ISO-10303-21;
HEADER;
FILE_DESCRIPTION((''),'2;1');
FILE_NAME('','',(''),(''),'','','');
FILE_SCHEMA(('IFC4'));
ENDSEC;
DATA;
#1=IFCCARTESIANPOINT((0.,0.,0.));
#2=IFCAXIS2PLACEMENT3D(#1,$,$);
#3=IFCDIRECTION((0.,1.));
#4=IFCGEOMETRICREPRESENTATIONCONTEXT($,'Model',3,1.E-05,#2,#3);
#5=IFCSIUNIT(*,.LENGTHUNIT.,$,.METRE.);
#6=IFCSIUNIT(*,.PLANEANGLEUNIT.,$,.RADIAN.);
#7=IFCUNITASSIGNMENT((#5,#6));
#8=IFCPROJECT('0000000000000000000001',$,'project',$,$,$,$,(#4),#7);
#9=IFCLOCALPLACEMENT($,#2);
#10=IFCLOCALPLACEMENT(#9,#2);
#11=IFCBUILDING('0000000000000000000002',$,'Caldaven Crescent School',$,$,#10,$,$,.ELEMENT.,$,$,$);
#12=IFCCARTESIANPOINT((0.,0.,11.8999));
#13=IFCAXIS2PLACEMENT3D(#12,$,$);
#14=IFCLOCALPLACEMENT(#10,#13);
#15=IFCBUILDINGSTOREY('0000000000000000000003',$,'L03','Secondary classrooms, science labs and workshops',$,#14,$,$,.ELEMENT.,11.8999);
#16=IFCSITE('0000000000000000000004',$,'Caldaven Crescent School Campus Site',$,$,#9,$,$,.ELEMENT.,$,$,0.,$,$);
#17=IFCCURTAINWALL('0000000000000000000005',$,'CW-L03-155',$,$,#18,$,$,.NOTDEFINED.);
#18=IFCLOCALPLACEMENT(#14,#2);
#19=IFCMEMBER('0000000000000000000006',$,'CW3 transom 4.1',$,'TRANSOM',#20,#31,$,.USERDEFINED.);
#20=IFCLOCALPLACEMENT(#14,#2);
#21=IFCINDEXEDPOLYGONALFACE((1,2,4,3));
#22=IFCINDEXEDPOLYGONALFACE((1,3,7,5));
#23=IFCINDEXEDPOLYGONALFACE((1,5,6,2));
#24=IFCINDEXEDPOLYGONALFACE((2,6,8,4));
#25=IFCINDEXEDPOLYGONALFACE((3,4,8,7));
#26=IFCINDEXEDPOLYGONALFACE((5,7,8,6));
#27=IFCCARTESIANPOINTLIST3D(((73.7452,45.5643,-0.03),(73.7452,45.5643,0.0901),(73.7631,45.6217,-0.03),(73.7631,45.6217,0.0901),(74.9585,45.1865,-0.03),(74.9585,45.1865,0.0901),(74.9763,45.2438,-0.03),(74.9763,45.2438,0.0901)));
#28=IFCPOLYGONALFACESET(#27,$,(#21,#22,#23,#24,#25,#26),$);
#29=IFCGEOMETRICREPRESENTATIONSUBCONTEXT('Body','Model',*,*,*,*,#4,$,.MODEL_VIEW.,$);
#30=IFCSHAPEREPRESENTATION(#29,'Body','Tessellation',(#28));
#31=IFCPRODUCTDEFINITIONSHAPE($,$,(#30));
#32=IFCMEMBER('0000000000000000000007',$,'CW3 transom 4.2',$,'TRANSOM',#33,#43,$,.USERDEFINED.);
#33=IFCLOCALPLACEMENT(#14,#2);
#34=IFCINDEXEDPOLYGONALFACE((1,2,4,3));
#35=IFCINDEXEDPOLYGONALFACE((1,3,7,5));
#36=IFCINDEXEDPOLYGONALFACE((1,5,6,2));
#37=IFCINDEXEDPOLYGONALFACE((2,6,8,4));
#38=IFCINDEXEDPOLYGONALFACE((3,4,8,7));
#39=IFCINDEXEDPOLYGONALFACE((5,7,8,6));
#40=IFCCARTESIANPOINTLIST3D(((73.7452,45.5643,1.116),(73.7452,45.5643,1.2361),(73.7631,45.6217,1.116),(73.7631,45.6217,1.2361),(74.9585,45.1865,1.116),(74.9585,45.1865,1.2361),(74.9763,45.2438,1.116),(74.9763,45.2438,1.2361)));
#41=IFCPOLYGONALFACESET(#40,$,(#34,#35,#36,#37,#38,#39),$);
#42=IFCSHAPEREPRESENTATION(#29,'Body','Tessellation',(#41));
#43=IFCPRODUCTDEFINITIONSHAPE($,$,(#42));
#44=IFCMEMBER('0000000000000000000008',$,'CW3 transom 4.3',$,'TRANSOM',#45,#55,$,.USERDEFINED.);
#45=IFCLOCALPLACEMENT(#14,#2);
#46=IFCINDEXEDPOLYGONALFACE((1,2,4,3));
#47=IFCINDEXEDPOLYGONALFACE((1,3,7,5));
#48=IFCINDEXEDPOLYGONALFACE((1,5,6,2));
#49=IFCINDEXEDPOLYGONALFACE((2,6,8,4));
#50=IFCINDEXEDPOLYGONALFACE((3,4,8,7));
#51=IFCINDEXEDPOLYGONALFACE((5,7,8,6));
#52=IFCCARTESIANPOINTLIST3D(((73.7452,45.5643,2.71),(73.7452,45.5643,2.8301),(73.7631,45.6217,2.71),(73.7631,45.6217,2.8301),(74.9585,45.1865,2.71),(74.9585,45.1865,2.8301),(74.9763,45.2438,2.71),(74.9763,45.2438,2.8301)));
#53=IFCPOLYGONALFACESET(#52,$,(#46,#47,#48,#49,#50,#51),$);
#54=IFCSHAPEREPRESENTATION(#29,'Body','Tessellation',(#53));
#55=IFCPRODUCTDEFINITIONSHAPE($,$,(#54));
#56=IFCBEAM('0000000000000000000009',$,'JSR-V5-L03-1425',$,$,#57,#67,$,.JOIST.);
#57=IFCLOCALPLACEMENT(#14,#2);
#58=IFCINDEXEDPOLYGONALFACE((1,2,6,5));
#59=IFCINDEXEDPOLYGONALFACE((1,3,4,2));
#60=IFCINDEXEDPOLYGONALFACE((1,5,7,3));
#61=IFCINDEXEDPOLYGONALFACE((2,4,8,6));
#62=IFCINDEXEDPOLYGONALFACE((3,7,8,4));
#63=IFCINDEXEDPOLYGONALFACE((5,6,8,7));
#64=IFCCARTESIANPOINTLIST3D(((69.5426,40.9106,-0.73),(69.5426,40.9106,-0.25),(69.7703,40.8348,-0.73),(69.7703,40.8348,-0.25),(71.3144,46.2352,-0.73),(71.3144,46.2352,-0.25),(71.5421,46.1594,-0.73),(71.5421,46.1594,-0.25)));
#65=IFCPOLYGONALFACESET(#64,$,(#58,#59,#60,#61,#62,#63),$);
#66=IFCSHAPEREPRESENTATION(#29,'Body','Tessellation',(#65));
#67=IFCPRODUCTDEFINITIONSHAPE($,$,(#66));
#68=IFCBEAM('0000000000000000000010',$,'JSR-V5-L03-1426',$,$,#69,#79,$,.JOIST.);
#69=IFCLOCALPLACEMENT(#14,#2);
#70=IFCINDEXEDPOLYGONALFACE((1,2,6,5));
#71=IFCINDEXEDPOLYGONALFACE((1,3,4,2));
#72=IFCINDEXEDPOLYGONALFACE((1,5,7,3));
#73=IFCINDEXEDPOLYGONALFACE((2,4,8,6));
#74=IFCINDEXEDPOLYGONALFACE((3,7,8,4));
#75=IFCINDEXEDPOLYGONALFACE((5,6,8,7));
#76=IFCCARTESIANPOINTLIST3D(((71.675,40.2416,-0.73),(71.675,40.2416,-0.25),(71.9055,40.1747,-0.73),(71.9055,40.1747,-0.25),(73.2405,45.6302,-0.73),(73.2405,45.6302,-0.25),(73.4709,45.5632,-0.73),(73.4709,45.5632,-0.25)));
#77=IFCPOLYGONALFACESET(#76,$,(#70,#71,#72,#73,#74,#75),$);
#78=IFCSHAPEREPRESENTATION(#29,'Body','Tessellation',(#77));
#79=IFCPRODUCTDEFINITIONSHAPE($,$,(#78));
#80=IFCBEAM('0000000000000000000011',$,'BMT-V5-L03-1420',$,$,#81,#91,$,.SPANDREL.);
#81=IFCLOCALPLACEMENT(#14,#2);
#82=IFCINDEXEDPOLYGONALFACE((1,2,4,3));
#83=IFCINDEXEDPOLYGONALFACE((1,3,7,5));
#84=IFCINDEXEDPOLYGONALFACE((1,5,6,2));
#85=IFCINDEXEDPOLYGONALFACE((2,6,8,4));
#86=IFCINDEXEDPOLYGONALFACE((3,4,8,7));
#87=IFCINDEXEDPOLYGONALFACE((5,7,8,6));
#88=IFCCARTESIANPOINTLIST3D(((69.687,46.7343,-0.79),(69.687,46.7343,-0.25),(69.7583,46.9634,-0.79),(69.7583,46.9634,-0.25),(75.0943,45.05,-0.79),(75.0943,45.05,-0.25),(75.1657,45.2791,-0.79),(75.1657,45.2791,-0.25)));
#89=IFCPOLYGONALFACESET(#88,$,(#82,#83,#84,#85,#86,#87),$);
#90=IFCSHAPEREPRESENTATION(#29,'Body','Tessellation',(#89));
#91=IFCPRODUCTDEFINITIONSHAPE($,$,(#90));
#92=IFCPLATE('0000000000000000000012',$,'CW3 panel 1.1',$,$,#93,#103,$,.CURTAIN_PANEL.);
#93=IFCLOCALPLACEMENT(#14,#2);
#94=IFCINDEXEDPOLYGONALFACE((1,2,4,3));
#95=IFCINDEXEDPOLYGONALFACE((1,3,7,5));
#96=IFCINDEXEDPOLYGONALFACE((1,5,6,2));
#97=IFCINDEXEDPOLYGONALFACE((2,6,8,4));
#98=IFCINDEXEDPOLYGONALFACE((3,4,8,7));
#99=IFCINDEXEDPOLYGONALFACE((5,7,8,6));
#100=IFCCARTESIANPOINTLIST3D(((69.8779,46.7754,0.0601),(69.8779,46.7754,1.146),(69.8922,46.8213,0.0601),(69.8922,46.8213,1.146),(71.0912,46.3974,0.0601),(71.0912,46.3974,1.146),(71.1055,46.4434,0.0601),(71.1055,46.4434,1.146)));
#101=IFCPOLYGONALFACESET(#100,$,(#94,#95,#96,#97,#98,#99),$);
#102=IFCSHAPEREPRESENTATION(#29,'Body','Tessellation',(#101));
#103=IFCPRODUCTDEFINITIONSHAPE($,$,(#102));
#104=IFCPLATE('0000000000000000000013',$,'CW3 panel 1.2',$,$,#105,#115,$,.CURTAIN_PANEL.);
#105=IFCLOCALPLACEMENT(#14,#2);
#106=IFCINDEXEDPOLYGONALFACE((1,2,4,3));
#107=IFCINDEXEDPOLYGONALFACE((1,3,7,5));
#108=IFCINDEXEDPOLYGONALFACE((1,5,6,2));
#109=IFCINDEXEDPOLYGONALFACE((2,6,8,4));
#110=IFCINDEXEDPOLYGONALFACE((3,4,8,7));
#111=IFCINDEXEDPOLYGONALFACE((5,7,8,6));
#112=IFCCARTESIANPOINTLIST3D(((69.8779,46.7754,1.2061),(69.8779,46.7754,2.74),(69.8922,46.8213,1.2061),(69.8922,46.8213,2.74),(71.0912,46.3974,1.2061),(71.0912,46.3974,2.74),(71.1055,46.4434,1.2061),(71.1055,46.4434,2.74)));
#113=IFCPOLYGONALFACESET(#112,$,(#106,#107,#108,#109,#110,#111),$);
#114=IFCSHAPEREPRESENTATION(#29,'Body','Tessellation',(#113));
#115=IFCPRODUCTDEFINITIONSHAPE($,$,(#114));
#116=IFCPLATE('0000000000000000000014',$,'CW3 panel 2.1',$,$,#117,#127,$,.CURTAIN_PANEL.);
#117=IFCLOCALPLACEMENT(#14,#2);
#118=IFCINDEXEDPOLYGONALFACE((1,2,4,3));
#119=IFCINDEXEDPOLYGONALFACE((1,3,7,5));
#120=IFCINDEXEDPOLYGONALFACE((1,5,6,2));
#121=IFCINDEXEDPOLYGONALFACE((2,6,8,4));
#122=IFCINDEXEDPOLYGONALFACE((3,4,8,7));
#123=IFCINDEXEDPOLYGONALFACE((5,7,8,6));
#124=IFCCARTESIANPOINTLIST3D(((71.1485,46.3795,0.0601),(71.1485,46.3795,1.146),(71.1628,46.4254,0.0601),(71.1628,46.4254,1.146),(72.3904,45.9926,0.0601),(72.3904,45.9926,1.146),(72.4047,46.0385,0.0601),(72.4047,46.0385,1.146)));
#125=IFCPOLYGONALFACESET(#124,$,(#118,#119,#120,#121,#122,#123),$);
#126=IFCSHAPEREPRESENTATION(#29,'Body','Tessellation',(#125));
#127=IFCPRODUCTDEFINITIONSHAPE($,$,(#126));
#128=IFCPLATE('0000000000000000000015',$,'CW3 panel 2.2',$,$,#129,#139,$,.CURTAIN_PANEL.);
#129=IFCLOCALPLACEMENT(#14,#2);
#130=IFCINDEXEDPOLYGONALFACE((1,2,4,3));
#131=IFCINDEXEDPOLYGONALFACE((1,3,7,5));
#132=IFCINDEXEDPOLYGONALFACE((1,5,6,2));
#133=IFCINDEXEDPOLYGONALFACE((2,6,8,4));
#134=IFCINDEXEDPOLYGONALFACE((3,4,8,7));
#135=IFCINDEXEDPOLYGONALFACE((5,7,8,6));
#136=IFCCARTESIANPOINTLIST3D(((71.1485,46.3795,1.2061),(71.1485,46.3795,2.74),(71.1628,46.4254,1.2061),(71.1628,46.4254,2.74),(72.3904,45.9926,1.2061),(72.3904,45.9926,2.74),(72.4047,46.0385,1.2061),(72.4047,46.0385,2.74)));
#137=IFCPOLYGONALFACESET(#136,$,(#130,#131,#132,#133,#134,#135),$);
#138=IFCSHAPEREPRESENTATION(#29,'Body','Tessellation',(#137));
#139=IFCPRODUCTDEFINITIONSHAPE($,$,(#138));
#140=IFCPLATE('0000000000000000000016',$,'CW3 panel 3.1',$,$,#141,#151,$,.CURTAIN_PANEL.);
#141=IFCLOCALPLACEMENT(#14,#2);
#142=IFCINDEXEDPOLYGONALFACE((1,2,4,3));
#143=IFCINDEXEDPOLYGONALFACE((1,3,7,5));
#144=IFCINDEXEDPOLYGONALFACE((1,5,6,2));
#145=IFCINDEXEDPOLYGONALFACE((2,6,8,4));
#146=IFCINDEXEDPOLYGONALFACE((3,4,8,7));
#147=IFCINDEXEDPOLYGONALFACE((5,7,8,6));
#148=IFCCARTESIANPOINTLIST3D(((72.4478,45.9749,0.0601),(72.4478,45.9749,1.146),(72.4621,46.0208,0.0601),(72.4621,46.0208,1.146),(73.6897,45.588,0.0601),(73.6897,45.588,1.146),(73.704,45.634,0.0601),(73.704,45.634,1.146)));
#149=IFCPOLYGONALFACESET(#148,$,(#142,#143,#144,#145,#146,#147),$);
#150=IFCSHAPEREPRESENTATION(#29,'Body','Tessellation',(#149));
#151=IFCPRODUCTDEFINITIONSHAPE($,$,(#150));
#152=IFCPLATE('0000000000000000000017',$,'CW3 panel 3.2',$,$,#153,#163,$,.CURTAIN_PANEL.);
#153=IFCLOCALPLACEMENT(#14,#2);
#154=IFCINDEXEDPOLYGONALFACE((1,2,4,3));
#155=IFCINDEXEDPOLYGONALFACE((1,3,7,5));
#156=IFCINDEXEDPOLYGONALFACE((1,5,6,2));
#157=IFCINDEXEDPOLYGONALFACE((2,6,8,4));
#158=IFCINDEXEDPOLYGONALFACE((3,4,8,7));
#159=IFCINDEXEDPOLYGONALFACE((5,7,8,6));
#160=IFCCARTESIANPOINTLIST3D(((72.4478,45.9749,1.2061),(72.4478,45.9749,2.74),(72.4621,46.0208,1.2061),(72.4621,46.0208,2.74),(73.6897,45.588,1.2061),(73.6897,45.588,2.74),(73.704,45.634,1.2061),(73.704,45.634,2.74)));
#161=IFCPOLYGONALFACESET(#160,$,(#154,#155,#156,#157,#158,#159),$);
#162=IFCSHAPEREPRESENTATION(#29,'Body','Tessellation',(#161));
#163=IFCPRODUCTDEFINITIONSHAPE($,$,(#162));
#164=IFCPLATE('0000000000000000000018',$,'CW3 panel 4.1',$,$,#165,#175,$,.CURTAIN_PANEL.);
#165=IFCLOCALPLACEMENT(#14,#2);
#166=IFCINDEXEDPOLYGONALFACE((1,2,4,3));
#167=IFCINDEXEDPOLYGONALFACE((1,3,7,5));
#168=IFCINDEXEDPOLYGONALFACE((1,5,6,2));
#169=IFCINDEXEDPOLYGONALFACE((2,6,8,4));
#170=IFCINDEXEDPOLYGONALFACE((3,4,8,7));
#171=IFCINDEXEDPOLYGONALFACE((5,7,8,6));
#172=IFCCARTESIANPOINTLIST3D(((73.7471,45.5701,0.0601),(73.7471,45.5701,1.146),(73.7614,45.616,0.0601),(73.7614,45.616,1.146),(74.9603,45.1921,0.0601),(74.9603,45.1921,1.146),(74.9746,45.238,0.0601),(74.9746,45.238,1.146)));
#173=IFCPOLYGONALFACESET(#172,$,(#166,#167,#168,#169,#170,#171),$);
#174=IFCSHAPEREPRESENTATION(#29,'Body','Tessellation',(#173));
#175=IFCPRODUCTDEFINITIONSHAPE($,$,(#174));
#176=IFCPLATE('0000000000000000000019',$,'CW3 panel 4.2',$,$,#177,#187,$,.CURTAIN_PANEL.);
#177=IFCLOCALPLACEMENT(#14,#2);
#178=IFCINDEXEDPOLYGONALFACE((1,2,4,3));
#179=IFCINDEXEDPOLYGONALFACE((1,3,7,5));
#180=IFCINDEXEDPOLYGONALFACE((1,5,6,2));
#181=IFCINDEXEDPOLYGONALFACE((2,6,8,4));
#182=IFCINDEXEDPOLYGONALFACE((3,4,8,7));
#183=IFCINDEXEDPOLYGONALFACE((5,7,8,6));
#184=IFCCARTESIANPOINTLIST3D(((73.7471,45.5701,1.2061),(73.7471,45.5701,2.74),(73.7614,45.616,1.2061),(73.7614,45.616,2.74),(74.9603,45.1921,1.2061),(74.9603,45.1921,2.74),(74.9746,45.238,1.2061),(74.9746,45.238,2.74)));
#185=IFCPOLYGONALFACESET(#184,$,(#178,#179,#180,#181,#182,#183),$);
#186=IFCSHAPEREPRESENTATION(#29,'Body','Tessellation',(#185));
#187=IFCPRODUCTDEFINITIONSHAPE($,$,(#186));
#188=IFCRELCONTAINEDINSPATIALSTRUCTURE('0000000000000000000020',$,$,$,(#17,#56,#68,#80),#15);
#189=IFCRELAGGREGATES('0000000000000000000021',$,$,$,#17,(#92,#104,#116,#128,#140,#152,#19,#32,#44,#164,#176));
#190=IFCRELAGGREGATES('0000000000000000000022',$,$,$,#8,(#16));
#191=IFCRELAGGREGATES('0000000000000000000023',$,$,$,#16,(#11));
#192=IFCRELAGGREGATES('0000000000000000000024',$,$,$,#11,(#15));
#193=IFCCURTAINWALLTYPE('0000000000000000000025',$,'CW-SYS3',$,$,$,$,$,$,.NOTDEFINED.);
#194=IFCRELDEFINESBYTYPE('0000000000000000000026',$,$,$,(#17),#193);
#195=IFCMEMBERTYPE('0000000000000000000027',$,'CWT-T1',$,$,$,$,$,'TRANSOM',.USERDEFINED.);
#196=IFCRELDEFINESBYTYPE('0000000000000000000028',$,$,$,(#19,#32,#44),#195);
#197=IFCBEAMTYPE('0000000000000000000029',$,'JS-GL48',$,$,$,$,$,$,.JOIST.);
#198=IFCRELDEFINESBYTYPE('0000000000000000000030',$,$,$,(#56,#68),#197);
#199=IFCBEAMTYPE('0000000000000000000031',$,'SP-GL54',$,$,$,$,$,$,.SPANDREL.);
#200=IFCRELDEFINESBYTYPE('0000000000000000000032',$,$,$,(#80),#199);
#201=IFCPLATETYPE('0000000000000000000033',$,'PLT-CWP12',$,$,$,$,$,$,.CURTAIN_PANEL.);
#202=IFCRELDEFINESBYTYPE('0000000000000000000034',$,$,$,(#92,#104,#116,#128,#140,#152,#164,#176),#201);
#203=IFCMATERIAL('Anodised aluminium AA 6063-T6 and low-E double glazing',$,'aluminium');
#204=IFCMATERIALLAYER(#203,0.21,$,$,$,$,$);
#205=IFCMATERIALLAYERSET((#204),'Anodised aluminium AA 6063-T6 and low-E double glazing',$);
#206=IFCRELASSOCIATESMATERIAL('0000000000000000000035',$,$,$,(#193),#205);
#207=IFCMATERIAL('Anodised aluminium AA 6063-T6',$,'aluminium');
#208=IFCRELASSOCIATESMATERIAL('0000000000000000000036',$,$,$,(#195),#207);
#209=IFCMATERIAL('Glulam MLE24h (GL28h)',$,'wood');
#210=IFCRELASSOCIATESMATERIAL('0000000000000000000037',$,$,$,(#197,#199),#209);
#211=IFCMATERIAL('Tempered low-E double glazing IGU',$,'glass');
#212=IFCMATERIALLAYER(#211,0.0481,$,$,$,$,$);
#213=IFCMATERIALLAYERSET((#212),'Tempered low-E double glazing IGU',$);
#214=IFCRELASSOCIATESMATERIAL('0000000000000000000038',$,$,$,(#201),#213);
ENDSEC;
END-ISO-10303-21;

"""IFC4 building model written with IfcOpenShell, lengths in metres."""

from ifc_helpers import new_model, si_unit, direction, frame, origin, origin_2d, place, context, subcontext, project, spatial, rectangle, extrude, material, layer, layer_set, material_profile, profile_set, type_object, element, aggregate, save


model = new_model("IFC4")

# Units and contexts
model_context = context("Model", 3, precision=1e-05, world=origin(), true_north=direction((0.0, 1.0)))
body_context = subcontext(model_context, "Body", "Model", "MODEL_VIEW")
ifc_project = project(units=[si_unit("LENGTHUNIT", "METRE"), si_unit("PLANEANGLEUNIT", "RADIAN")], contexts=[model_context])

# Site, building, storey
site_placement = place(None, origin())
site = spatial("IfcSite", under=ifc_project, at=site_placement, Name="Caldaven Crescent School Campus Site", CompositionType="ELEMENT", RefElevation=0.0)
building_placement = place(site_placement, origin())
building = spatial("IfcBuilding", under=site, at=building_placement, Name="Caldaven Crescent School", CompositionType="ELEMENT")
storey_placement = place(building_placement, frame((0.0, 0.0, 11.8999)))
storey = spatial("IfcBuildingStorey", under=building, at=storey_placement, Name="L03", Description="Secondary classrooms, science labs and workshops", CompositionType="ELEMENT", Elevation=11.8999)

# Shared definitions
ifc_material_1 = material(Name="Glulam MLE24h (GL28h)", Category="wood")

# Curtain wall, members
ifc_material_2 = material(Name="Anodised aluminium AA 6063-T6 and low-E double glazing", Category="aluminium")
ifc_layer_1 = layer(ifc_material_2, 0.21)
ifc_layer_set_1 = layer_set([ifc_layer_1], Name="Anodised aluminium AA 6063-T6 and low-E double glazing")
curtain_wall_type = type_object("IfcCurtainWallType", Name="CW-SYS3", PredefinedType="NOTDEFINED", material=ifc_layer_set_1)
curtain_wall_placement = place(storey_placement, origin())
curtain_wall = element("IfcCurtainWall", 1, at=curtain_wall_placement, inside=storey, type_object=curtain_wall_type, Name="CW-L03-155", PredefinedType="NOTDEFINED")
ifc_material_3 = material(Name="Anodised aluminium AA 6063-T6", Category="aluminium")
ifc_material_profile_1 = material_profile(ifc_material_3, rectangle(XDim=0.0601, YDim=0.1201, at=origin_2d()), Name="CWT 60x120")
ifc_profile_set_1 = profile_set([ifc_material_profile_1], Name="Anodised aluminium AA 6063-T6")
member_type_1 = type_object("IfcMemberType", Name="CWT-T1", ElementType="TRANSOM", PredefinedType="USERDEFINED", material=ifc_profile_set_1)
member_1_placement = place(storey_placement, frame((73.7542, 45.593, 0.03), z_axis=(0.95476, -0.297378, 0.0), x_axis=(0.297378, 0.95476, 0.0)))
member_1 = element("IfcMember", 2, at=member_1_placement, type_object=member_type_1, Name="CW3 transom 4.1", ObjectType="TRANSOM", PredefinedType="USERDEFINED", context=body_context, shape_type="SweptSolid", body=[
    extrude(rectangle(XDim=0.0601, YDim=0.1201, at=origin_2d()), origin(), (0.0, 0.0, 1.0), 1.2708),
])
member_2_placement = place(storey_placement, frame((73.7542, 45.593, 1.176), z_axis=(0.95476, -0.297378, 0.0), x_axis=(0.297378, 0.95476, 0.0)))
member_2 = element("IfcMember", 3, at=member_2_placement, type_object=member_type_1, Name="CW3 transom 4.2", ObjectType="TRANSOM", PredefinedType="USERDEFINED", context=body_context, shape_type="SweptSolid", body=[
    extrude(rectangle(XDim=0.0601, YDim=0.1201, at=origin_2d()), origin(), (0.0, 0.0, 1.0), 1.2708),
])
member_3_placement = place(storey_placement, frame((73.7542, 45.593, 2.77), z_axis=(0.95476, -0.297378, 0.0), x_axis=(0.297378, 0.95476, 0.0)))
member_3 = element("IfcMember", 4, at=member_3_placement, type_object=member_type_1, Name="CW3 transom 4.3", ObjectType="TRANSOM", PredefinedType="USERDEFINED", context=body_context, shape_type="SweptSolid", body=[
    extrude(rectangle(XDim=0.0601, YDim=0.1201, at=origin_2d()), origin(), (0.0, 0.0, 1.0), 1.2708),
])

# Beams
ifc_material_profile_2 = material_profile(ifc_material_1, rectangle(XDim=0.24, YDim=0.48, at=origin_2d()), Name="MLE 240x480")
ifc_profile_set_2 = profile_set([ifc_material_profile_2], Name="Glulam MLE24h (GL28h)")
beam_type_1 = type_object("IfcBeamType", Name="JS-GL48", PredefinedType="JOIST", material=ifc_profile_set_2)
beam_1_placement = place(storey_placement, frame((71.4282, 46.1973, -0.49), z_axis=(-0.315732, -0.948848, 0.0), x_axis=(0.948848, -0.315732, 0.0)))
element("IfcBeam", 5, at=beam_1_placement, inside=storey, type_object=beam_type_1, Name="JSR-V5-L03-1425", PredefinedType="JOIST", context=body_context, shape_type="SweptSolid", body=[
    extrude(rectangle(XDim=0.24, YDim=0.48, at=origin_2d()), origin(), (0.0, 0.0, 1.0), 5.6116),
])
beam_2_placement = place(storey_placement, frame((73.3557, 45.5967, -0.49), z_axis=(-0.278982, -0.960296, 0.0), x_axis=(0.960296, -0.278982, 0.0)))
element("IfcBeam", 6, at=beam_2_placement, inside=storey, type_object=beam_type_1, Name="JSR-V5-L03-1426", PredefinedType="JOIST", context=body_context, shape_type="SweptSolid", body=[
    extrude(rectangle(XDim=0.24, YDim=0.48, at=origin_2d()), origin(), (0.0, 0.0, 1.0), 5.6113),
])
ifc_material_profile_3 = material_profile(ifc_material_1, rectangle(XDim=0.24, YDim=0.54, at=origin_2d()), Name="MLE 240x540")
ifc_profile_set_3 = profile_set([ifc_material_profile_3], Name="Glulam MLE24h (GL28h)")
beam_type_2 = type_object("IfcBeamType", Name="SP-GL54", PredefinedType="SPANDREL", material=ifc_profile_set_3)
beam_3_placement = place(storey_placement, frame((69.7227, 46.8489, -0.52), z_axis=(0.954753, -0.297401, 0.0), x_axis=(0.297401, 0.954753, 0.0)))
element("IfcBeam", 7, at=beam_3_placement, inside=storey, type_object=beam_type_2, Name="BMT-V5-L03-1420", PredefinedType="SPANDREL", context=body_context, shape_type="SweptSolid", body=[
    extrude(rectangle(XDim=0.24, YDim=0.54, at=origin_2d()), origin(), (0.0, 0.0, 1.0), 5.6636),
])

# Plates
ifc_material_4 = material(Name="Tempered low-E double glazing IGU", Category="glass")
ifc_layer_2 = layer(ifc_material_4, 0.0481)
ifc_layer_set_2 = layer_set([ifc_layer_2], Name="Tempered low-E double glazing IGU")
plate_type = type_object("IfcPlateType", Name="PLT-CWP12", PredefinedType="CURTAIN_PANEL", material=ifc_layer_set_2)
plate_1_placement = place(storey_placement, frame((70.4917, 46.6094, 0.0601), z_axis=(0.0, 0.0, 1.0), x_axis=(0.954747, -0.29742, 0.0)))
plate_1 = element("IfcPlate", 8, at=plate_1_placement, type_object=plate_type, Name="CW3 panel 1.1", PredefinedType="CURTAIN_PANEL", context=body_context, shape_type="SweptSolid", body=[
    extrude(rectangle(XDim=1.2708, YDim=0.0481, at=origin_2d()), origin(), (0.0, 0.0, 1.0), 1.0859),
])
plate_2_placement = place(storey_placement, frame((70.4917, 46.6094, 1.2061), z_axis=(0.0, 0.0, 1.0), x_axis=(0.954747, -0.29742, 0.0)))
plate_2 = element("IfcPlate", 9, at=plate_2_placement, type_object=plate_type, Name="CW3 panel 1.2", PredefinedType="CURTAIN_PANEL", context=body_context, shape_type="SweptSolid", body=[
    extrude(rectangle(XDim=1.2708, YDim=0.0481, at=origin_2d()), origin(), (0.0, 0.0, 1.0), 1.5339),
])
plate_3_placement = place(storey_placement, frame((71.7766, 46.209, 0.0601), z_axis=(0.0, 0.0, 1.0), x_axis=(0.954747, -0.29742, 0.0)))
plate_3 = element("IfcPlate", 10, at=plate_3_placement, type_object=plate_type, Name="CW3 panel 2.1", PredefinedType="CURTAIN_PANEL", context=body_context, shape_type="SweptSolid", body=[
    extrude(rectangle(XDim=1.3008, YDim=0.0481, at=origin_2d()), origin(), (0.0, 0.0, 1.0), 1.0859),
])
plate_4_placement = place(storey_placement, frame((71.7766, 46.209, 1.2061), z_axis=(0.0, 0.0, 1.0), x_axis=(0.954747, -0.29742, 0.0)))
plate_4 = element("IfcPlate", 11, at=plate_4_placement, type_object=plate_type, Name="CW3 panel 2.2", PredefinedType="CURTAIN_PANEL", context=body_context, shape_type="SweptSolid", body=[
    extrude(rectangle(XDim=1.3008, YDim=0.0481, at=origin_2d()), origin(), (0.0, 0.0, 1.0), 1.5339),
])
plate_5_placement = place(storey_placement, frame((73.0759, 45.8044, 0.0601), z_axis=(0.0, 0.0, 1.0), x_axis=(0.954747, -0.29742, 0.0)))
plate_5 = element("IfcPlate", 12, at=plate_5_placement, type_object=plate_type, Name="CW3 panel 3.1", PredefinedType="CURTAIN_PANEL", context=body_context, shape_type="SweptSolid", body=[
    extrude(rectangle(XDim=1.3008, YDim=0.0481, at=origin_2d()), origin(), (0.0, 0.0, 1.0), 1.0859),
])
plate_6_placement = place(storey_placement, frame((73.0759, 45.8044, 1.2061), z_axis=(0.0, 0.0, 1.0), x_axis=(0.954747, -0.29742, 0.0)))
plate_6 = element("IfcPlate", 13, at=plate_6_placement, type_object=plate_type, Name="CW3 panel 3.2", PredefinedType="CURTAIN_PANEL", context=body_context, shape_type="SweptSolid", body=[
    extrude(rectangle(XDim=1.3008, YDim=0.0481, at=origin_2d()), origin(), (0.0, 0.0, 1.0), 1.5339),
])
plate_7_placement = place(storey_placement, frame((74.3608, 45.4041, 0.0601), z_axis=(0.0, 0.0, 1.0), x_axis=(0.954747, -0.29742, 0.0)))
plate_7 = element("IfcPlate", 14, at=plate_7_placement, type_object=plate_type, Name="CW3 panel 4.1", PredefinedType="CURTAIN_PANEL", context=body_context, shape_type="SweptSolid", body=[
    extrude(rectangle(XDim=1.2708, YDim=0.0481, at=origin_2d()), origin(), (0.0, 0.0, 1.0), 1.0859),
])
plate_8_placement = place(storey_placement, frame((74.3608, 45.4041, 1.2061), z_axis=(0.0, 0.0, 1.0), x_axis=(0.954747, -0.29742, 0.0)))
plate_8 = element("IfcPlate", 15, at=plate_8_placement, type_object=plate_type, Name="CW3 panel 4.2", PredefinedType="CURTAIN_PANEL", context=body_context, shape_type="SweptSolid", body=[
    extrude(rectangle(XDim=1.2708, YDim=0.0481, at=origin_2d()), origin(), (0.0, 0.0, 1.0), 1.5339),
])
aggregate(curtain_wall, [plate_1, plate_2, plate_3, plate_4, plate_5, plate_6, member_1, member_2, member_3, plate_7, plate_8])

save(model, "model.ifc")
